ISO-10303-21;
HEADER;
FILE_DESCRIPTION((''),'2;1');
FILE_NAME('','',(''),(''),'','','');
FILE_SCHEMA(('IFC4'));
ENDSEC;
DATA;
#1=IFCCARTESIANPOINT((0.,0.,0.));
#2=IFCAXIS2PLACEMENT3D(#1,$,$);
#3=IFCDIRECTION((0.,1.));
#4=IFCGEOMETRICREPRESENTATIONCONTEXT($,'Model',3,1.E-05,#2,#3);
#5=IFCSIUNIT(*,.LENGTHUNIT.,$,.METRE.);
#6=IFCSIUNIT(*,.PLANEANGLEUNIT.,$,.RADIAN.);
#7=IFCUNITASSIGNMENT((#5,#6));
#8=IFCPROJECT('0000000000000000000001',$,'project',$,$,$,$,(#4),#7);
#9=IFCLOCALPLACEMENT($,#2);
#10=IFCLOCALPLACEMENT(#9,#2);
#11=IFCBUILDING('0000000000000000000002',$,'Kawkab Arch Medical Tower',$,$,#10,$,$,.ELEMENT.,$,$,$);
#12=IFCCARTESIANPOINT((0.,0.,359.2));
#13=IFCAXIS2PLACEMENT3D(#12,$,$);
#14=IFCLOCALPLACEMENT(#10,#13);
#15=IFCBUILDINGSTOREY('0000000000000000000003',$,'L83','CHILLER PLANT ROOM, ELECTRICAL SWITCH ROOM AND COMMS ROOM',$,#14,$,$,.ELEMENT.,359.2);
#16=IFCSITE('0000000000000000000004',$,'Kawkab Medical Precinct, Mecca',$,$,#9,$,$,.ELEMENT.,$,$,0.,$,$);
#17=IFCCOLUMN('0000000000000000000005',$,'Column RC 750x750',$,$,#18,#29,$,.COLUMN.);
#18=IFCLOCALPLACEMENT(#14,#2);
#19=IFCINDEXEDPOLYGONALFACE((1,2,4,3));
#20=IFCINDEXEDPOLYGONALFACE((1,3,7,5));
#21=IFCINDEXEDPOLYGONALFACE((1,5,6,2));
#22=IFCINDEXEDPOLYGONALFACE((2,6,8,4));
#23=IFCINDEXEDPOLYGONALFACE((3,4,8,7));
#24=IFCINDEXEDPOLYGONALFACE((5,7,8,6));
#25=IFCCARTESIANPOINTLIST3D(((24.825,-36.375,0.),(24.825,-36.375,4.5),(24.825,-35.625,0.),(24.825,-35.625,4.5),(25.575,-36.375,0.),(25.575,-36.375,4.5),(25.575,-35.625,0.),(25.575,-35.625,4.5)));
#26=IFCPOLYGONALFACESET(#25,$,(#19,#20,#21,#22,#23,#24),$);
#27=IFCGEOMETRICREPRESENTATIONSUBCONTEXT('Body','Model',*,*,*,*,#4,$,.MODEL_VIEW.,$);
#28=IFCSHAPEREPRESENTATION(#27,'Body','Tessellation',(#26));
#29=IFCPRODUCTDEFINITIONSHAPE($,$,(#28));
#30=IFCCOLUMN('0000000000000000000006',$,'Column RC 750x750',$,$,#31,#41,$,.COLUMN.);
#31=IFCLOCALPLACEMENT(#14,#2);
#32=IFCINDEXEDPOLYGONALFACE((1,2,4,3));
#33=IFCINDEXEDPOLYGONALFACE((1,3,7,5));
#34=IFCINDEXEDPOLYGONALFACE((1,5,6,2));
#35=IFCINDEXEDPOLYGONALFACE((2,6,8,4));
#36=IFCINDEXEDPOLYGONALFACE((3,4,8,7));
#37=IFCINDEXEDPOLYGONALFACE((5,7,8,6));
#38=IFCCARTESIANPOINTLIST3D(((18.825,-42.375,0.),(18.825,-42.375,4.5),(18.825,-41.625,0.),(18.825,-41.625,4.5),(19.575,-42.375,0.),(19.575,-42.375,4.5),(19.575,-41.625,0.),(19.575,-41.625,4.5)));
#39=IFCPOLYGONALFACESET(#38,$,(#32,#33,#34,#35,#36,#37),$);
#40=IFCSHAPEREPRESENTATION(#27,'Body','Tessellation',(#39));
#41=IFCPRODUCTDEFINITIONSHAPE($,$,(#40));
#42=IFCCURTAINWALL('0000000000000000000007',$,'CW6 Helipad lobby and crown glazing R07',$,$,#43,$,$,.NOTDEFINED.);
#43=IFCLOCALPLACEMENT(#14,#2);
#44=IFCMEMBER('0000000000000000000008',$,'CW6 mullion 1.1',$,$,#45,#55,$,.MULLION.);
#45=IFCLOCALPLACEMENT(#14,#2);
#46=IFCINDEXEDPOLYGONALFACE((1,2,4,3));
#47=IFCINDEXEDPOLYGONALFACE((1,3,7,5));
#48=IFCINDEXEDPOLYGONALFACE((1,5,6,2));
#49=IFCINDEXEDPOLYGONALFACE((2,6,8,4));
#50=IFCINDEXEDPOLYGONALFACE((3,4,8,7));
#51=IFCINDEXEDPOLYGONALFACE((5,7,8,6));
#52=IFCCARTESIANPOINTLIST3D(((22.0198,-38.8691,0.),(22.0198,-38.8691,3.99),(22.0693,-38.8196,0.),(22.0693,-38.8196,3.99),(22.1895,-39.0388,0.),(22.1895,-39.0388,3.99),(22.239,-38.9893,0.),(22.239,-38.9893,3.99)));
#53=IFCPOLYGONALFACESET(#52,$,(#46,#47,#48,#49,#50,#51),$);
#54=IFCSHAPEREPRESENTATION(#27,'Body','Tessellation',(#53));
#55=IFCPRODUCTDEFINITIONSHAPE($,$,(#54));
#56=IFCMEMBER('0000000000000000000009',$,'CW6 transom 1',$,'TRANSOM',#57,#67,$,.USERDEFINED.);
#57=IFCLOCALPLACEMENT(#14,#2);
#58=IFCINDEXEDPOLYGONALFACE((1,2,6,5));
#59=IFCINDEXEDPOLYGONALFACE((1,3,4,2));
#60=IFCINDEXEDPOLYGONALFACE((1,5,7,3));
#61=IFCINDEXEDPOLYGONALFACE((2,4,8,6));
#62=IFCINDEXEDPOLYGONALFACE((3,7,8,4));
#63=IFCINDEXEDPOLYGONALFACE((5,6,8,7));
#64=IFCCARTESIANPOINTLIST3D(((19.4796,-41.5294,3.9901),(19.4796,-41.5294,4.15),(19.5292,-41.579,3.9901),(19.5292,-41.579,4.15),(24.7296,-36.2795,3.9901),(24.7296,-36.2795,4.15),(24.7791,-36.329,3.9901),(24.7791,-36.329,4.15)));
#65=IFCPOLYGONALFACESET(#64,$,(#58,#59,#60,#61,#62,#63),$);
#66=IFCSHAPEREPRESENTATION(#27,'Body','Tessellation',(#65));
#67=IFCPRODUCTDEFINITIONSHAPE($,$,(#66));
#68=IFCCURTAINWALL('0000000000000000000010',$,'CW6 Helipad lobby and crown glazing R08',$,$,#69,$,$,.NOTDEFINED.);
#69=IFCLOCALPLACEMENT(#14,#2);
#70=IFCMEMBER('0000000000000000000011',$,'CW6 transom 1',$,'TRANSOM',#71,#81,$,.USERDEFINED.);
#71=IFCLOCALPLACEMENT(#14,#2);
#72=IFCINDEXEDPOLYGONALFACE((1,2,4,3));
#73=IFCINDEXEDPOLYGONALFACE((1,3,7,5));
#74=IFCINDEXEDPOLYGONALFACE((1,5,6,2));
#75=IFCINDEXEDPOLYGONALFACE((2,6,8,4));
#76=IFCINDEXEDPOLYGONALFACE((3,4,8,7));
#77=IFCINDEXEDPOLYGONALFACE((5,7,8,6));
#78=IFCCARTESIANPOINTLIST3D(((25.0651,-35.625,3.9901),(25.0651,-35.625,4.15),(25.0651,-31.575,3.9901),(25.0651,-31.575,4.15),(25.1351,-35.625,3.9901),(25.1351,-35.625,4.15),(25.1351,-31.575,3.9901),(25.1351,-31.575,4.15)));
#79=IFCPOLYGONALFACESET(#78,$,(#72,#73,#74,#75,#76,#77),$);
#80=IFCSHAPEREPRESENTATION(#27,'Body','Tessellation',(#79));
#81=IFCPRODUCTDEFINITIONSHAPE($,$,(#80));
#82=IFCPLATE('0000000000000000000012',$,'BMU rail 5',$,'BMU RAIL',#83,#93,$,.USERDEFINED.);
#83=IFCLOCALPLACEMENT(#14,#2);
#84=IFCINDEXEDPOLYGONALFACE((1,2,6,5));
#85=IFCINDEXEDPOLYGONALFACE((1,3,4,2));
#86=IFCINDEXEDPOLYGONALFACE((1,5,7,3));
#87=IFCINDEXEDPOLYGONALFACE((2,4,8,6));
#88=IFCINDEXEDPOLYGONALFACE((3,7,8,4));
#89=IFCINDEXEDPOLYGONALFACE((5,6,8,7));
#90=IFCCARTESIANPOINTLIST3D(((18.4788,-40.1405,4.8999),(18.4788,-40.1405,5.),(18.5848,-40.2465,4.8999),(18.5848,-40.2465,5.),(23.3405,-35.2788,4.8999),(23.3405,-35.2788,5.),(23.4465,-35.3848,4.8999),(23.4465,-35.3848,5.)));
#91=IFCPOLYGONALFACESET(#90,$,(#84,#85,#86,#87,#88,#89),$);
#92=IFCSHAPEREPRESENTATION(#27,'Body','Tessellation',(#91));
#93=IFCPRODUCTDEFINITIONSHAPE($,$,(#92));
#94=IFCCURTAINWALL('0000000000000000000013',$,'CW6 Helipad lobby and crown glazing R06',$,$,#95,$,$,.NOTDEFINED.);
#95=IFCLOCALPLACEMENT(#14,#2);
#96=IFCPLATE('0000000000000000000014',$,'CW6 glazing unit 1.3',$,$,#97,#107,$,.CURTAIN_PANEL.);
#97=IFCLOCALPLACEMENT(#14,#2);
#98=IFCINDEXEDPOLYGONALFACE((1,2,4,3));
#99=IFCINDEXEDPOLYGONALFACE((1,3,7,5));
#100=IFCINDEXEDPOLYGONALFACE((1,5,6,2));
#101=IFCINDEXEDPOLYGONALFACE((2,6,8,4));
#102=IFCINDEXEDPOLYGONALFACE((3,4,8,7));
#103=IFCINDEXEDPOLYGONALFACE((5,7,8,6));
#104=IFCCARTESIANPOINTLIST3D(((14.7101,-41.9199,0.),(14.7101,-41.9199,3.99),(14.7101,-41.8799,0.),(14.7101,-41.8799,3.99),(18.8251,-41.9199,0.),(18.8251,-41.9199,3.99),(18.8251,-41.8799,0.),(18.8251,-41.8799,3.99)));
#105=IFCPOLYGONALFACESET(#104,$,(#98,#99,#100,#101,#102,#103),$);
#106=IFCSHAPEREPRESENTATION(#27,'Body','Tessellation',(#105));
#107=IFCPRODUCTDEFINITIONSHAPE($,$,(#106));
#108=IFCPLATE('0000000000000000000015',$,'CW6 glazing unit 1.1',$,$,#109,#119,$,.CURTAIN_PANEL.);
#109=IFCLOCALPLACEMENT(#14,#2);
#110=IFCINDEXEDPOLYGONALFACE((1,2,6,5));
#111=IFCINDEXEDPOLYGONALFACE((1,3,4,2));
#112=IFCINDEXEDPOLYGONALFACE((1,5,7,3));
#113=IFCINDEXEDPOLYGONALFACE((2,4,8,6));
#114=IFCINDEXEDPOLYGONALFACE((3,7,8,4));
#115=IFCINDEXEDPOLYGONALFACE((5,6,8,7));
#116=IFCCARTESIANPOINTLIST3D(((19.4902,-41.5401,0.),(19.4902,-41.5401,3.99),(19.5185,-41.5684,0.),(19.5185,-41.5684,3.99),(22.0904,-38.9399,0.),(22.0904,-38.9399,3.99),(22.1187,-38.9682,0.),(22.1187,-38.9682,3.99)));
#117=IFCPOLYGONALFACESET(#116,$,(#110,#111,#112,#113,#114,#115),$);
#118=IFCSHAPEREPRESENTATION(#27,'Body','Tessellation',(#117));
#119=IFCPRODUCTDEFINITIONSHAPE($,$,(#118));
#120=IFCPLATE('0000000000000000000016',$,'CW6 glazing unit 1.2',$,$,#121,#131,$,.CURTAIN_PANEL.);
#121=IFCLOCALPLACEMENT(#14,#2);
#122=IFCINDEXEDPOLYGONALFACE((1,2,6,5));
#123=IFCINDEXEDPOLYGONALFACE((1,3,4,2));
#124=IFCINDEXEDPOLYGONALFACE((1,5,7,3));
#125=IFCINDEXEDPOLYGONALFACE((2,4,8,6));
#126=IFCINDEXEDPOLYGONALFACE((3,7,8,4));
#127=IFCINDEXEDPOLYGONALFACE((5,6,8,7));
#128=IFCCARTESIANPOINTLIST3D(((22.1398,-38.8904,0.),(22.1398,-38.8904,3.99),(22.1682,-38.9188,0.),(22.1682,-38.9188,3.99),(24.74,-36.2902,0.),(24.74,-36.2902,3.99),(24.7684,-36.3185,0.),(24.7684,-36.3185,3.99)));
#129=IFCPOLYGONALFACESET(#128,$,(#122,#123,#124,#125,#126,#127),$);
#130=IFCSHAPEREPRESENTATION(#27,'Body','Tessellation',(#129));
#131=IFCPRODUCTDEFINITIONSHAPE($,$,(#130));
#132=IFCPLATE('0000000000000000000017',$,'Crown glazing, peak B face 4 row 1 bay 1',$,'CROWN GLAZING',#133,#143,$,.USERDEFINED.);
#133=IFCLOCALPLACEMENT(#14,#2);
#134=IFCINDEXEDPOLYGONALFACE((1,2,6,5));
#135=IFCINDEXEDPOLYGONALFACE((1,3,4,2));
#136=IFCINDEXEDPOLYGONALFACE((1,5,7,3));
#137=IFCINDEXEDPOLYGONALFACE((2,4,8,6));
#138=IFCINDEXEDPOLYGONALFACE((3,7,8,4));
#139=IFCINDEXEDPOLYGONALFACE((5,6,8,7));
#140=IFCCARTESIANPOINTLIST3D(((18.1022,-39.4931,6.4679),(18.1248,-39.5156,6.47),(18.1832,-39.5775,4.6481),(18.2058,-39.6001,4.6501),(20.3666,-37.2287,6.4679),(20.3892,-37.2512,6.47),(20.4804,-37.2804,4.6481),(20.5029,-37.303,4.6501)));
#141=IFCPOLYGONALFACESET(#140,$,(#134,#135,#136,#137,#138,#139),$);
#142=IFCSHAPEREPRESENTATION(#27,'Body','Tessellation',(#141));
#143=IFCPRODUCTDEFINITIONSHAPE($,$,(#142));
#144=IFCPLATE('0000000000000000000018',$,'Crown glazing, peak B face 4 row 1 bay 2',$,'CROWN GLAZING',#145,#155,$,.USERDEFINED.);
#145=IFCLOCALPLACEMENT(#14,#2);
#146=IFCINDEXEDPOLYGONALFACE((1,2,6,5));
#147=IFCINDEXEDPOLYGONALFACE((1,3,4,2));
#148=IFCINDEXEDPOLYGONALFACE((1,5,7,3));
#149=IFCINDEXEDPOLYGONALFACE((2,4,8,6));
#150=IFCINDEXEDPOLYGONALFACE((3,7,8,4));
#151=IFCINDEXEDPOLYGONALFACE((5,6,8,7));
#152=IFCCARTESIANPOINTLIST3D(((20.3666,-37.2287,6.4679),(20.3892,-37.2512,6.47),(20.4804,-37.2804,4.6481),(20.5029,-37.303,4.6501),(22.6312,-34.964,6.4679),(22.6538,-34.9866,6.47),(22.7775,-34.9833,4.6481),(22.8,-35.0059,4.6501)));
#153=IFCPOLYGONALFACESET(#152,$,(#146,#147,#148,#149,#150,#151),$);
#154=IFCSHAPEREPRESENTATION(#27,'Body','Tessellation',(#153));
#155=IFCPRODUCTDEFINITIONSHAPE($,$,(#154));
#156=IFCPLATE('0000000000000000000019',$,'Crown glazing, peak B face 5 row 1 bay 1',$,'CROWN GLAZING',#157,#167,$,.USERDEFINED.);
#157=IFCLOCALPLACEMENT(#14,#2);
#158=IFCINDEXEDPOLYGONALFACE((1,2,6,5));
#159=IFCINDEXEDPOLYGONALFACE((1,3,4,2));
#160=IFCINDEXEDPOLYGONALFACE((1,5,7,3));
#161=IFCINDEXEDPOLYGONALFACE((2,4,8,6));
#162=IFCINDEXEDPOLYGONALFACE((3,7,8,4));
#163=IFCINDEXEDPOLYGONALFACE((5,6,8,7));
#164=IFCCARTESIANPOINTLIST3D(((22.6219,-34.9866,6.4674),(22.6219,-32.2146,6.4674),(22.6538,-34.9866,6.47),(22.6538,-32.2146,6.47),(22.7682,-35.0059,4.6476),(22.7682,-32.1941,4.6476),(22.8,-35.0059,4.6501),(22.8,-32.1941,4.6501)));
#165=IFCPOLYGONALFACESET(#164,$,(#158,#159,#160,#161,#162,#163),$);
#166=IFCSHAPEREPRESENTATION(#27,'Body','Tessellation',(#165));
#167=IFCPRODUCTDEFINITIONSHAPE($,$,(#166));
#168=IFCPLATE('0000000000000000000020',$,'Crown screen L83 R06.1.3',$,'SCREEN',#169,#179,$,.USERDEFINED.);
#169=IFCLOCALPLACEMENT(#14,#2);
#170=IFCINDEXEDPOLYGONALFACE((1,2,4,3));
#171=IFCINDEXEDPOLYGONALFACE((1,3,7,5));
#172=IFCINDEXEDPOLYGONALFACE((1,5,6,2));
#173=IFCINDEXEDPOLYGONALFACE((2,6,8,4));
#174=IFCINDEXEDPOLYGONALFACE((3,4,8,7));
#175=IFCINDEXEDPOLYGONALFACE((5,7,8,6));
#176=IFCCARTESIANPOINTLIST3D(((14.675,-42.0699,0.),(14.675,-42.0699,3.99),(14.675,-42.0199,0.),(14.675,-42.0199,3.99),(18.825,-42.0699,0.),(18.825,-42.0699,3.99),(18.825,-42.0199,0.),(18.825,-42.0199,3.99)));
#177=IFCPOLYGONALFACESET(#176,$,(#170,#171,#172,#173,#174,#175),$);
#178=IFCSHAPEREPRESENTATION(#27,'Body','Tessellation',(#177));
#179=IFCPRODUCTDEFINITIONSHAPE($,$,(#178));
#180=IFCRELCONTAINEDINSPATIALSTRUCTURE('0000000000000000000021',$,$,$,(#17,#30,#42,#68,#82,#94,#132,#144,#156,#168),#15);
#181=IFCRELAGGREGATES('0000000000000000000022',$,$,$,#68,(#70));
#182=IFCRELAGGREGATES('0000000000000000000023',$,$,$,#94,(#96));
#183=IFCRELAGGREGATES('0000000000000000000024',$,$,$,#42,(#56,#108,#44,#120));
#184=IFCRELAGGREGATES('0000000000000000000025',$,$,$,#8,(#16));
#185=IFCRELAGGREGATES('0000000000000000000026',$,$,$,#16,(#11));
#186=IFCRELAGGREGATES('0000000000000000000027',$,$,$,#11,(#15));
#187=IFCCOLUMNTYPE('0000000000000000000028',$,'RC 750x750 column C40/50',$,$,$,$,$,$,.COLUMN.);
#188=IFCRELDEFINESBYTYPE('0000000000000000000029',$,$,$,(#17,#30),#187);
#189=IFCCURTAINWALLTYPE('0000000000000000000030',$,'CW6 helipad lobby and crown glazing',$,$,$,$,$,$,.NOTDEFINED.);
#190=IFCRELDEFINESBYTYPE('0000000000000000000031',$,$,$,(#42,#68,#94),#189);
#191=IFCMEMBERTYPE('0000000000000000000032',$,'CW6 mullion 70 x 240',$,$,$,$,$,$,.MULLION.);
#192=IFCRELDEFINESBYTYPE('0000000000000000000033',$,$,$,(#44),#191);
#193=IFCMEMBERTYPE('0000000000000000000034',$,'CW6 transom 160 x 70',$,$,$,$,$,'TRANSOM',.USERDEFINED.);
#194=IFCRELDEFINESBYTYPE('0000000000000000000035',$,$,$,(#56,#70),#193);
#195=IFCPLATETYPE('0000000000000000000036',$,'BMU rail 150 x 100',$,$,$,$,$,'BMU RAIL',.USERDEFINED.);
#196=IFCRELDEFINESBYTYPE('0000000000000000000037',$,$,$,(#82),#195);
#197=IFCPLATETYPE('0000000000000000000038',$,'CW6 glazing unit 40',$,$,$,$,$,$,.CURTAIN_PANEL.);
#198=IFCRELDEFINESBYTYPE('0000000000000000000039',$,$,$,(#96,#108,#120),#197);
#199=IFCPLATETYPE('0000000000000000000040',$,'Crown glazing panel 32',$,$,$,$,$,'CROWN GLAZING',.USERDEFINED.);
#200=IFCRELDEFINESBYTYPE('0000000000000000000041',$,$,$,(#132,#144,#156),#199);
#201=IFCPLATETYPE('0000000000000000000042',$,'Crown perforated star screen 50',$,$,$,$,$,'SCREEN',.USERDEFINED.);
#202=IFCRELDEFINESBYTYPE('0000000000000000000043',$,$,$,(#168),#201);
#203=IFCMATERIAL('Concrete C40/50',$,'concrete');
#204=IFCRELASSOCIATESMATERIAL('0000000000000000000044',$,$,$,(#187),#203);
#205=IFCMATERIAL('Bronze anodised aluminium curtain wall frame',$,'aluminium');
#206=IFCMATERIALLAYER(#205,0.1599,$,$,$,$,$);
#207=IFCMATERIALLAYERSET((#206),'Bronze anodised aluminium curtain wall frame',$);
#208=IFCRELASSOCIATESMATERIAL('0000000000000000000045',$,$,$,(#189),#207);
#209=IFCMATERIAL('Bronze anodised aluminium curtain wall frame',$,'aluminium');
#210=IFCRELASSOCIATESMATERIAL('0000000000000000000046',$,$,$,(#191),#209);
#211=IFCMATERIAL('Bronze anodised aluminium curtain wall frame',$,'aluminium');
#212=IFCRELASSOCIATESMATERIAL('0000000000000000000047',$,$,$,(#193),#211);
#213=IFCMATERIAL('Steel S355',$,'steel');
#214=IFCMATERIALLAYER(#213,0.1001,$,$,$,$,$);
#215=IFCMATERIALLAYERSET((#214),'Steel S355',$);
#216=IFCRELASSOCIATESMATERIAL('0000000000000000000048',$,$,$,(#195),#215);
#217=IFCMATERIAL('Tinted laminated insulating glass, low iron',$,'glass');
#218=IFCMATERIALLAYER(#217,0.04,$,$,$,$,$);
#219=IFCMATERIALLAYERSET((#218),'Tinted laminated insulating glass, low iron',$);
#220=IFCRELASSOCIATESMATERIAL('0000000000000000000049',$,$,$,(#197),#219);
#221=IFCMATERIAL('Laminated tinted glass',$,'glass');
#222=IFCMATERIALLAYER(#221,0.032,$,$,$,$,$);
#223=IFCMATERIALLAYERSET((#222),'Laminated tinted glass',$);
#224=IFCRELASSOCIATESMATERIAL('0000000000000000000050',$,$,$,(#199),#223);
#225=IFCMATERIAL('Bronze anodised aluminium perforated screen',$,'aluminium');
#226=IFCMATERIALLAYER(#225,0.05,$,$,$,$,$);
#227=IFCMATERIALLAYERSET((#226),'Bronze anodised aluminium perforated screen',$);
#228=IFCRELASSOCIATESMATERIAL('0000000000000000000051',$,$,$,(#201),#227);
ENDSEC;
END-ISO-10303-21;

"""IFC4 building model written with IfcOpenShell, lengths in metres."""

from ifc_helpers import new_model, si_unit, direction, frame, origin, origin_2d, place, context, subcontext, project, spatial, polyline, rectangle, outline, extrude, material, layer, layer_set, material_profile, profile_set, type_object, element, aggregate, save


model = new_model("IFC4")

# Units and contexts
model_context = context("Model", 3, precision=1e-05, world=origin(), true_north=direction((0.0, 1.0)))
body_context = subcontext(model_context, "Body", "Model", "MODEL_VIEW")
ifc_project = project(units=[si_unit("LENGTHUNIT", "METRE"), si_unit("PLANEANGLEUNIT", "RADIAN")], contexts=[model_context])

# Site, building, storey
site_placement = place(None, origin())
site = spatial("IfcSite", under=ifc_project, at=site_placement, Name="Kawkab Medical Precinct, Mecca", CompositionType="ELEMENT", RefElevation=0.0)
building_placement = place(site_placement, origin())
building = spatial("IfcBuilding", under=site, at=building_placement, Name="Kawkab Arch Medical Tower", CompositionType="ELEMENT")
storey_placement = place(building_placement, frame((0.0, 0.0, 359.2)))
storey = spatial("IfcBuildingStorey", under=building, at=storey_placement, Name="L83", Description="CHILLER PLANT ROOM, ELECTRICAL SWITCH ROOM AND COMMS ROOM", CompositionType="ELEMENT", Elevation=359.2)

# Columns
ifc_material_1 = material(Name="Concrete C40/50", Category="concrete")
ifc_material_profile_1 = material_profile(ifc_material_1, rectangle(XDim=0.75, YDim=0.75, at=origin_2d()), Name="RC 750x750")
ifc_profile_set_1 = profile_set([ifc_material_profile_1], Name="Concrete C40/50")
column_type = type_object("IfcColumnType", Name="RC 750x750 column C40/50", PredefinedType="COLUMN", material=ifc_profile_set_1)
for number, where, z_axis, x_axis, name in (
    (1, (25.2, -36.0, 0.0), (0.0, 0.0, 1.0), (1.0, 0.0, 0.0), "Column RC 750x750"),
    (2, (19.2, -42.0, 0.0), (0.0, 0.0, 1.0), (1.0, 0.0, 0.0), "Column RC 750x750"),
):
    element("IfcColumn", number, at=place(storey_placement, frame(where, z_axis=z_axis, x_axis=x_axis)), inside=storey, type_object=column_type, Name=name, PredefinedType="COLUMN", context=body_context, shape_type="SweptSolid", body=[
        extrude(rectangle(XDim=0.75, YDim=0.75, at=origin_2d()), origin(), (0.0, 0.0, 1.0), 4.5),
    ])

# Curtain wall, members
ifc_material_2 = material(Name="Bronze anodised aluminium curtain wall frame", Category="aluminium")
ifc_layer_1 = layer(ifc_material_2, 0.1599)
ifc_layer_set_1 = layer_set([ifc_layer_1], Name="Bronze anodised aluminium curtain wall frame")
curtain_wall_type = type_object("IfcCurtainWallType", Name="CW6 helipad lobby and crown glazing", PredefinedType="NOTDEFINED", material=ifc_layer_set_1)
placement = place(storey_placement, origin())
curtain_wall_1 = element("IfcCurtainWall", 3, at=placement, inside=storey, type_object=curtain_wall_type, Name="CW6 Helipad lobby and crown glazing R07", PredefinedType="NOTDEFINED")
ifc_material_3 = material(Name="Bronze anodised aluminium curtain wall frame", Category="aluminium")
ifc_material_profile_2 = material_profile(ifc_material_3, rectangle(XDim=0.24, YDim=0.0701, at=origin_2d()), Name="AL 70x240")
ifc_profile_set_2 = profile_set([ifc_material_profile_2], Name="Bronze anodised aluminium curtain wall frame")
member_type_1 = type_object("IfcMemberType", Name="CW6 mullion 70 x 240", PredefinedType="MULLION", material=ifc_profile_set_2)
member_1_placement = place(storey_placement, frame((22.1294, -38.9292, 0.0), z_axis=(0.0, 0.0, 1.0), x_axis=(-0.707107, 0.707107, 0.0)))
member_1 = element("IfcMember", 4, at=member_1_placement, type_object=member_type_1, Name="CW6 mullion 1.1", PredefinedType="MULLION", context=body_context, shape_type="SweptSolid", body=[
    extrude(rectangle(XDim=0.24, YDim=0.0701, at=origin_2d()), origin(), (0.0, 0.0, 1.0), 3.99),
])
ifc_material_4 = material(Name="Bronze anodised aluminium curtain wall frame", Category="aluminium")
ifc_material_profile_3 = material_profile(ifc_material_4, rectangle(XDim=0.0701, YDim=0.1599, at=origin_2d()), Name="AL 70x160")
ifc_profile_set_3 = profile_set([ifc_material_profile_3], Name="Bronze anodised aluminium curtain wall frame")
member_type_2 = type_object("IfcMemberType", Name="CW6 transom 160 x 70", ElementType="TRANSOM", PredefinedType="USERDEFINED", material=ifc_profile_set_3)
member_2_placement = place(storey_placement, frame((19.5044, -41.5542, 4.0701), z_axis=(0.707107, 0.707107, 0.0), x_axis=(-0.707107, 0.707107, 0.0)))
member_2 = element("IfcMember", 5, at=member_2_placement, type_object=member_type_2, Name="CW6 transom 1", ObjectType="TRANSOM", PredefinedType="USERDEFINED", context=body_context, shape_type="SweptSolid", body=[
    extrude(rectangle(XDim=0.0701, YDim=0.1599, at=origin_2d()), origin(), (0.0, 0.0, 1.0), 7.4246),
])

# Curtain wall, member
curtain_wall_2 = element("IfcCurtainWall", 6, at=placement, inside=storey, type_object=curtain_wall_type, Name="CW6 Helipad lobby and crown glazing R08", PredefinedType="NOTDEFINED")
member_3_placement = place(storey_placement, frame((25.1001, -35.625, 4.0701), z_axis=(0.0, 1.0, 0.0), x_axis=(-1.0, 0.0, 0.0)))
member_3 = element("IfcMember", 7, at=member_3_placement, type_object=member_type_2, Name="CW6 transom 1", ObjectType="TRANSOM", PredefinedType="USERDEFINED", context=body_context, shape_type="SweptSolid", body=[
    extrude(rectangle(XDim=0.0701, YDim=0.1599, at=origin_2d()), origin(), (0.0, 0.0, 1.0), 4.05),
])
aggregate(curtain_wall_2, [member_3])

# Plate
ifc_material_5 = material(Name="Steel S355", Category="steel")
ifc_layer_2 = layer(ifc_material_5, 0.1001)
ifc_layer_set_2 = layer_set([ifc_layer_2], Name="Steel S355")
plate_type_1 = type_object("IfcPlateType", Name="BMU rail 150 x 100", ElementType="BMU RAIL", PredefinedType="USERDEFINED", material=ifc_layer_set_2)
plate_1_placement = place(storey_placement, frame((20.9626, -37.7627, 4.8999), z_axis=(0.0, 0.0, 1.0), x_axis=(-0.707107, -0.707107, 0.0)))
element("IfcPlate", 8, at=plate_1_placement, inside=storey, type_object=plate_type_1, Name="BMU rail 5", ObjectType="BMU RAIL", PredefinedType="USERDEFINED", context=body_context, shape_type="SweptSolid", body=[
    extrude(rectangle(XDim=6.8755, YDim=0.1499, at=origin_2d()), origin(), (0.0, 0.0, 1.0), 0.1001),
])

# Curtain wall, plate
curtain_wall_3 = element("IfcCurtainWall", 9, at=placement, inside=storey, type_object=curtain_wall_type, Name="CW6 Helipad lobby and crown glazing R06", PredefinedType="NOTDEFINED")
ifc_material_6 = material(Name="Tinted laminated insulating glass, low iron", Category="glass")
ifc_layer_3 = layer(ifc_material_6, 0.04)
ifc_layer_set_3 = layer_set([ifc_layer_3], Name="Tinted laminated insulating glass, low iron")
plate_type_2 = type_object("IfcPlateType", Name="CW6 glazing unit 40", PredefinedType="CURTAIN_PANEL", material=ifc_layer_set_3)
plate_2_placement = place(storey_placement, frame((16.7676, -41.8999, 0.0), z_axis=(0.0, 0.0, 1.0), x_axis=(1.0, 0.0, 0.0)))
plate_2 = element("IfcPlate", 10, at=plate_2_placement, type_object=plate_type_2, Name="CW6 glazing unit 1.3", PredefinedType="CURTAIN_PANEL", context=body_context, shape_type="SweptSolid", body=[
    extrude(rectangle(XDim=4.115, YDim=0.04, at=origin_2d()), origin(), (0.0, 0.0, 1.0), 3.99),
])
aggregate(curtain_wall_3, [plate_2])

# Plates
plate_3_placement = place(storey_placement, frame((20.8044, -40.2542, 0.0), z_axis=(0.0, 0.0, 1.0), x_axis=(0.707107, 0.707107, 0.0)))
plate_3 = element("IfcPlate", 11, at=plate_3_placement, type_object=plate_type_2, Name="CW6 glazing unit 1.1", PredefinedType="CURTAIN_PANEL", context=body_context, shape_type="SweptSolid", body=[
    extrude(rectangle(XDim=3.6772, YDim=0.04, at=origin_2d()), origin(), (0.0, 0.0, 1.0), 3.99),
])
plate_4_placement = place(storey_placement, frame((23.4541, -37.6045, 0.0), z_axis=(0.0, 0.0, 1.0), x_axis=(0.707107, 0.707107, 0.0)))
plate_4 = element("IfcPlate", 12, at=plate_4_placement, type_object=plate_type_2, Name="CW6 glazing unit 1.2", PredefinedType="CURTAIN_PANEL", context=body_context, shape_type="SweptSolid", body=[
    extrude(rectangle(XDim=3.6772, YDim=0.04, at=origin_2d()), origin(), (0.0, 0.0, 1.0), 3.99),
])
aggregate(curtain_wall_1, [member_2, plate_3, member_1, plate_4])

# Plates
ifc_material_7 = material(Name="Laminated tinted glass", Category="glass")
ifc_layer_4 = layer(ifc_material_7, 0.032)
ifc_layer_set_4 = layer_set([ifc_layer_4], Name="Laminated tinted glass")
plate_type_3 = type_object("IfcPlateType", Name="Crown glazing panel 32", ElementType="CROWN GLAZING", PredefinedType="USERDEFINED", material=ifc_layer_set_4)
plate_5_placement = place(storey_placement, frame((18.2058, -39.6001, 4.6501), z_axis=(0.705649, -0.705649, 0.064184), x_axis=(0.707107, 0.707107, 0.0)))
element("IfcPlate", 13, at=plate_5_placement, inside=storey, type_object=plate_type_3, Name="Crown glazing, peak B face 4 row 1 bay 1", ObjectType="CROWN GLAZING", PredefinedType="USERDEFINED", context=body_context, shape_type="SweptSolid", body=[
    extrude(outline(polyline([(0.0, 0.0), (3.2486, 0.0), (3.2048, 1.8236), (0.0024, 1.8236), (0.0, 0.0)])), origin(), (0.0, 0.0, -1.0), 0.032),
])
plate_6_placement = place(storey_placement, frame((20.5029, -37.303, 4.6501), z_axis=(0.705649, -0.705649, 0.064184), x_axis=(0.707107, 0.707107, 0.0)))
element("IfcPlate", 14, at=plate_6_placement, inside=storey, type_object=plate_type_3, Name="Crown glazing, peak B face 4 row 1 bay 2", ObjectType="CROWN GLAZING", PredefinedType="USERDEFINED", context=body_context, shape_type="SweptSolid", body=[
    extrude(outline(polyline([(0.0, 0.0), (3.2486, 0.0), (3.1588, 1.8236), (-0.0438, 1.8236), (0.0, 0.0)])), origin(), (0.0, 0.0, -1.0), 0.032),
])
plate_7_placement = place(storey_placement, frame((22.8, -35.0059, 4.6501), z_axis=(0.996787, 0.0, 0.080101), x_axis=(0.0, 1.0, 0.0)))
element("IfcPlate", 15, at=plate_7_placement, inside=storey, type_object=plate_type_3, Name="Crown glazing, peak B face 5 row 1 bay 1", ObjectType="CROWN GLAZING", PredefinedType="USERDEFINED", context=body_context, shape_type="SweptSolid", body=[
    extrude(outline(polyline([(0.0, 0.0), (2.8118, 0.0), (2.7913, 1.8257), (0.0193, 1.8257), (0.0, 0.0)])), origin(), (0.0, 0.0, -1.0), 0.032),
])
ifc_material_8 = material(Name="Bronze anodised aluminium perforated screen", Category="aluminium")
ifc_layer_5 = layer(ifc_material_8, 0.05)
ifc_layer_set_5 = layer_set([ifc_layer_5], Name="Bronze anodised aluminium perforated screen")
plate_type_4 = type_object("IfcPlateType", Name="Crown perforated star screen 50", ElementType="SCREEN", PredefinedType="USERDEFINED", material=ifc_layer_set_5)
plate_8_placement = place(storey_placement, frame((16.75, -42.0449, 0.0), z_axis=(0.0, 0.0, 1.0), x_axis=(1.0, 0.0, 0.0)))
element("IfcPlate", 16, at=plate_8_placement, inside=storey, type_object=plate_type_4, Name="Crown screen L83 R06.1.3", ObjectType="SCREEN", PredefinedType="USERDEFINED", context=body_context, shape_type="SweptSolid", body=[
    extrude(rectangle(XDim=4.1499, YDim=0.05, at=origin_2d()), origin(), (0.0, 0.0, 1.0), 3.99),
])

save(model, "model.ifc")
